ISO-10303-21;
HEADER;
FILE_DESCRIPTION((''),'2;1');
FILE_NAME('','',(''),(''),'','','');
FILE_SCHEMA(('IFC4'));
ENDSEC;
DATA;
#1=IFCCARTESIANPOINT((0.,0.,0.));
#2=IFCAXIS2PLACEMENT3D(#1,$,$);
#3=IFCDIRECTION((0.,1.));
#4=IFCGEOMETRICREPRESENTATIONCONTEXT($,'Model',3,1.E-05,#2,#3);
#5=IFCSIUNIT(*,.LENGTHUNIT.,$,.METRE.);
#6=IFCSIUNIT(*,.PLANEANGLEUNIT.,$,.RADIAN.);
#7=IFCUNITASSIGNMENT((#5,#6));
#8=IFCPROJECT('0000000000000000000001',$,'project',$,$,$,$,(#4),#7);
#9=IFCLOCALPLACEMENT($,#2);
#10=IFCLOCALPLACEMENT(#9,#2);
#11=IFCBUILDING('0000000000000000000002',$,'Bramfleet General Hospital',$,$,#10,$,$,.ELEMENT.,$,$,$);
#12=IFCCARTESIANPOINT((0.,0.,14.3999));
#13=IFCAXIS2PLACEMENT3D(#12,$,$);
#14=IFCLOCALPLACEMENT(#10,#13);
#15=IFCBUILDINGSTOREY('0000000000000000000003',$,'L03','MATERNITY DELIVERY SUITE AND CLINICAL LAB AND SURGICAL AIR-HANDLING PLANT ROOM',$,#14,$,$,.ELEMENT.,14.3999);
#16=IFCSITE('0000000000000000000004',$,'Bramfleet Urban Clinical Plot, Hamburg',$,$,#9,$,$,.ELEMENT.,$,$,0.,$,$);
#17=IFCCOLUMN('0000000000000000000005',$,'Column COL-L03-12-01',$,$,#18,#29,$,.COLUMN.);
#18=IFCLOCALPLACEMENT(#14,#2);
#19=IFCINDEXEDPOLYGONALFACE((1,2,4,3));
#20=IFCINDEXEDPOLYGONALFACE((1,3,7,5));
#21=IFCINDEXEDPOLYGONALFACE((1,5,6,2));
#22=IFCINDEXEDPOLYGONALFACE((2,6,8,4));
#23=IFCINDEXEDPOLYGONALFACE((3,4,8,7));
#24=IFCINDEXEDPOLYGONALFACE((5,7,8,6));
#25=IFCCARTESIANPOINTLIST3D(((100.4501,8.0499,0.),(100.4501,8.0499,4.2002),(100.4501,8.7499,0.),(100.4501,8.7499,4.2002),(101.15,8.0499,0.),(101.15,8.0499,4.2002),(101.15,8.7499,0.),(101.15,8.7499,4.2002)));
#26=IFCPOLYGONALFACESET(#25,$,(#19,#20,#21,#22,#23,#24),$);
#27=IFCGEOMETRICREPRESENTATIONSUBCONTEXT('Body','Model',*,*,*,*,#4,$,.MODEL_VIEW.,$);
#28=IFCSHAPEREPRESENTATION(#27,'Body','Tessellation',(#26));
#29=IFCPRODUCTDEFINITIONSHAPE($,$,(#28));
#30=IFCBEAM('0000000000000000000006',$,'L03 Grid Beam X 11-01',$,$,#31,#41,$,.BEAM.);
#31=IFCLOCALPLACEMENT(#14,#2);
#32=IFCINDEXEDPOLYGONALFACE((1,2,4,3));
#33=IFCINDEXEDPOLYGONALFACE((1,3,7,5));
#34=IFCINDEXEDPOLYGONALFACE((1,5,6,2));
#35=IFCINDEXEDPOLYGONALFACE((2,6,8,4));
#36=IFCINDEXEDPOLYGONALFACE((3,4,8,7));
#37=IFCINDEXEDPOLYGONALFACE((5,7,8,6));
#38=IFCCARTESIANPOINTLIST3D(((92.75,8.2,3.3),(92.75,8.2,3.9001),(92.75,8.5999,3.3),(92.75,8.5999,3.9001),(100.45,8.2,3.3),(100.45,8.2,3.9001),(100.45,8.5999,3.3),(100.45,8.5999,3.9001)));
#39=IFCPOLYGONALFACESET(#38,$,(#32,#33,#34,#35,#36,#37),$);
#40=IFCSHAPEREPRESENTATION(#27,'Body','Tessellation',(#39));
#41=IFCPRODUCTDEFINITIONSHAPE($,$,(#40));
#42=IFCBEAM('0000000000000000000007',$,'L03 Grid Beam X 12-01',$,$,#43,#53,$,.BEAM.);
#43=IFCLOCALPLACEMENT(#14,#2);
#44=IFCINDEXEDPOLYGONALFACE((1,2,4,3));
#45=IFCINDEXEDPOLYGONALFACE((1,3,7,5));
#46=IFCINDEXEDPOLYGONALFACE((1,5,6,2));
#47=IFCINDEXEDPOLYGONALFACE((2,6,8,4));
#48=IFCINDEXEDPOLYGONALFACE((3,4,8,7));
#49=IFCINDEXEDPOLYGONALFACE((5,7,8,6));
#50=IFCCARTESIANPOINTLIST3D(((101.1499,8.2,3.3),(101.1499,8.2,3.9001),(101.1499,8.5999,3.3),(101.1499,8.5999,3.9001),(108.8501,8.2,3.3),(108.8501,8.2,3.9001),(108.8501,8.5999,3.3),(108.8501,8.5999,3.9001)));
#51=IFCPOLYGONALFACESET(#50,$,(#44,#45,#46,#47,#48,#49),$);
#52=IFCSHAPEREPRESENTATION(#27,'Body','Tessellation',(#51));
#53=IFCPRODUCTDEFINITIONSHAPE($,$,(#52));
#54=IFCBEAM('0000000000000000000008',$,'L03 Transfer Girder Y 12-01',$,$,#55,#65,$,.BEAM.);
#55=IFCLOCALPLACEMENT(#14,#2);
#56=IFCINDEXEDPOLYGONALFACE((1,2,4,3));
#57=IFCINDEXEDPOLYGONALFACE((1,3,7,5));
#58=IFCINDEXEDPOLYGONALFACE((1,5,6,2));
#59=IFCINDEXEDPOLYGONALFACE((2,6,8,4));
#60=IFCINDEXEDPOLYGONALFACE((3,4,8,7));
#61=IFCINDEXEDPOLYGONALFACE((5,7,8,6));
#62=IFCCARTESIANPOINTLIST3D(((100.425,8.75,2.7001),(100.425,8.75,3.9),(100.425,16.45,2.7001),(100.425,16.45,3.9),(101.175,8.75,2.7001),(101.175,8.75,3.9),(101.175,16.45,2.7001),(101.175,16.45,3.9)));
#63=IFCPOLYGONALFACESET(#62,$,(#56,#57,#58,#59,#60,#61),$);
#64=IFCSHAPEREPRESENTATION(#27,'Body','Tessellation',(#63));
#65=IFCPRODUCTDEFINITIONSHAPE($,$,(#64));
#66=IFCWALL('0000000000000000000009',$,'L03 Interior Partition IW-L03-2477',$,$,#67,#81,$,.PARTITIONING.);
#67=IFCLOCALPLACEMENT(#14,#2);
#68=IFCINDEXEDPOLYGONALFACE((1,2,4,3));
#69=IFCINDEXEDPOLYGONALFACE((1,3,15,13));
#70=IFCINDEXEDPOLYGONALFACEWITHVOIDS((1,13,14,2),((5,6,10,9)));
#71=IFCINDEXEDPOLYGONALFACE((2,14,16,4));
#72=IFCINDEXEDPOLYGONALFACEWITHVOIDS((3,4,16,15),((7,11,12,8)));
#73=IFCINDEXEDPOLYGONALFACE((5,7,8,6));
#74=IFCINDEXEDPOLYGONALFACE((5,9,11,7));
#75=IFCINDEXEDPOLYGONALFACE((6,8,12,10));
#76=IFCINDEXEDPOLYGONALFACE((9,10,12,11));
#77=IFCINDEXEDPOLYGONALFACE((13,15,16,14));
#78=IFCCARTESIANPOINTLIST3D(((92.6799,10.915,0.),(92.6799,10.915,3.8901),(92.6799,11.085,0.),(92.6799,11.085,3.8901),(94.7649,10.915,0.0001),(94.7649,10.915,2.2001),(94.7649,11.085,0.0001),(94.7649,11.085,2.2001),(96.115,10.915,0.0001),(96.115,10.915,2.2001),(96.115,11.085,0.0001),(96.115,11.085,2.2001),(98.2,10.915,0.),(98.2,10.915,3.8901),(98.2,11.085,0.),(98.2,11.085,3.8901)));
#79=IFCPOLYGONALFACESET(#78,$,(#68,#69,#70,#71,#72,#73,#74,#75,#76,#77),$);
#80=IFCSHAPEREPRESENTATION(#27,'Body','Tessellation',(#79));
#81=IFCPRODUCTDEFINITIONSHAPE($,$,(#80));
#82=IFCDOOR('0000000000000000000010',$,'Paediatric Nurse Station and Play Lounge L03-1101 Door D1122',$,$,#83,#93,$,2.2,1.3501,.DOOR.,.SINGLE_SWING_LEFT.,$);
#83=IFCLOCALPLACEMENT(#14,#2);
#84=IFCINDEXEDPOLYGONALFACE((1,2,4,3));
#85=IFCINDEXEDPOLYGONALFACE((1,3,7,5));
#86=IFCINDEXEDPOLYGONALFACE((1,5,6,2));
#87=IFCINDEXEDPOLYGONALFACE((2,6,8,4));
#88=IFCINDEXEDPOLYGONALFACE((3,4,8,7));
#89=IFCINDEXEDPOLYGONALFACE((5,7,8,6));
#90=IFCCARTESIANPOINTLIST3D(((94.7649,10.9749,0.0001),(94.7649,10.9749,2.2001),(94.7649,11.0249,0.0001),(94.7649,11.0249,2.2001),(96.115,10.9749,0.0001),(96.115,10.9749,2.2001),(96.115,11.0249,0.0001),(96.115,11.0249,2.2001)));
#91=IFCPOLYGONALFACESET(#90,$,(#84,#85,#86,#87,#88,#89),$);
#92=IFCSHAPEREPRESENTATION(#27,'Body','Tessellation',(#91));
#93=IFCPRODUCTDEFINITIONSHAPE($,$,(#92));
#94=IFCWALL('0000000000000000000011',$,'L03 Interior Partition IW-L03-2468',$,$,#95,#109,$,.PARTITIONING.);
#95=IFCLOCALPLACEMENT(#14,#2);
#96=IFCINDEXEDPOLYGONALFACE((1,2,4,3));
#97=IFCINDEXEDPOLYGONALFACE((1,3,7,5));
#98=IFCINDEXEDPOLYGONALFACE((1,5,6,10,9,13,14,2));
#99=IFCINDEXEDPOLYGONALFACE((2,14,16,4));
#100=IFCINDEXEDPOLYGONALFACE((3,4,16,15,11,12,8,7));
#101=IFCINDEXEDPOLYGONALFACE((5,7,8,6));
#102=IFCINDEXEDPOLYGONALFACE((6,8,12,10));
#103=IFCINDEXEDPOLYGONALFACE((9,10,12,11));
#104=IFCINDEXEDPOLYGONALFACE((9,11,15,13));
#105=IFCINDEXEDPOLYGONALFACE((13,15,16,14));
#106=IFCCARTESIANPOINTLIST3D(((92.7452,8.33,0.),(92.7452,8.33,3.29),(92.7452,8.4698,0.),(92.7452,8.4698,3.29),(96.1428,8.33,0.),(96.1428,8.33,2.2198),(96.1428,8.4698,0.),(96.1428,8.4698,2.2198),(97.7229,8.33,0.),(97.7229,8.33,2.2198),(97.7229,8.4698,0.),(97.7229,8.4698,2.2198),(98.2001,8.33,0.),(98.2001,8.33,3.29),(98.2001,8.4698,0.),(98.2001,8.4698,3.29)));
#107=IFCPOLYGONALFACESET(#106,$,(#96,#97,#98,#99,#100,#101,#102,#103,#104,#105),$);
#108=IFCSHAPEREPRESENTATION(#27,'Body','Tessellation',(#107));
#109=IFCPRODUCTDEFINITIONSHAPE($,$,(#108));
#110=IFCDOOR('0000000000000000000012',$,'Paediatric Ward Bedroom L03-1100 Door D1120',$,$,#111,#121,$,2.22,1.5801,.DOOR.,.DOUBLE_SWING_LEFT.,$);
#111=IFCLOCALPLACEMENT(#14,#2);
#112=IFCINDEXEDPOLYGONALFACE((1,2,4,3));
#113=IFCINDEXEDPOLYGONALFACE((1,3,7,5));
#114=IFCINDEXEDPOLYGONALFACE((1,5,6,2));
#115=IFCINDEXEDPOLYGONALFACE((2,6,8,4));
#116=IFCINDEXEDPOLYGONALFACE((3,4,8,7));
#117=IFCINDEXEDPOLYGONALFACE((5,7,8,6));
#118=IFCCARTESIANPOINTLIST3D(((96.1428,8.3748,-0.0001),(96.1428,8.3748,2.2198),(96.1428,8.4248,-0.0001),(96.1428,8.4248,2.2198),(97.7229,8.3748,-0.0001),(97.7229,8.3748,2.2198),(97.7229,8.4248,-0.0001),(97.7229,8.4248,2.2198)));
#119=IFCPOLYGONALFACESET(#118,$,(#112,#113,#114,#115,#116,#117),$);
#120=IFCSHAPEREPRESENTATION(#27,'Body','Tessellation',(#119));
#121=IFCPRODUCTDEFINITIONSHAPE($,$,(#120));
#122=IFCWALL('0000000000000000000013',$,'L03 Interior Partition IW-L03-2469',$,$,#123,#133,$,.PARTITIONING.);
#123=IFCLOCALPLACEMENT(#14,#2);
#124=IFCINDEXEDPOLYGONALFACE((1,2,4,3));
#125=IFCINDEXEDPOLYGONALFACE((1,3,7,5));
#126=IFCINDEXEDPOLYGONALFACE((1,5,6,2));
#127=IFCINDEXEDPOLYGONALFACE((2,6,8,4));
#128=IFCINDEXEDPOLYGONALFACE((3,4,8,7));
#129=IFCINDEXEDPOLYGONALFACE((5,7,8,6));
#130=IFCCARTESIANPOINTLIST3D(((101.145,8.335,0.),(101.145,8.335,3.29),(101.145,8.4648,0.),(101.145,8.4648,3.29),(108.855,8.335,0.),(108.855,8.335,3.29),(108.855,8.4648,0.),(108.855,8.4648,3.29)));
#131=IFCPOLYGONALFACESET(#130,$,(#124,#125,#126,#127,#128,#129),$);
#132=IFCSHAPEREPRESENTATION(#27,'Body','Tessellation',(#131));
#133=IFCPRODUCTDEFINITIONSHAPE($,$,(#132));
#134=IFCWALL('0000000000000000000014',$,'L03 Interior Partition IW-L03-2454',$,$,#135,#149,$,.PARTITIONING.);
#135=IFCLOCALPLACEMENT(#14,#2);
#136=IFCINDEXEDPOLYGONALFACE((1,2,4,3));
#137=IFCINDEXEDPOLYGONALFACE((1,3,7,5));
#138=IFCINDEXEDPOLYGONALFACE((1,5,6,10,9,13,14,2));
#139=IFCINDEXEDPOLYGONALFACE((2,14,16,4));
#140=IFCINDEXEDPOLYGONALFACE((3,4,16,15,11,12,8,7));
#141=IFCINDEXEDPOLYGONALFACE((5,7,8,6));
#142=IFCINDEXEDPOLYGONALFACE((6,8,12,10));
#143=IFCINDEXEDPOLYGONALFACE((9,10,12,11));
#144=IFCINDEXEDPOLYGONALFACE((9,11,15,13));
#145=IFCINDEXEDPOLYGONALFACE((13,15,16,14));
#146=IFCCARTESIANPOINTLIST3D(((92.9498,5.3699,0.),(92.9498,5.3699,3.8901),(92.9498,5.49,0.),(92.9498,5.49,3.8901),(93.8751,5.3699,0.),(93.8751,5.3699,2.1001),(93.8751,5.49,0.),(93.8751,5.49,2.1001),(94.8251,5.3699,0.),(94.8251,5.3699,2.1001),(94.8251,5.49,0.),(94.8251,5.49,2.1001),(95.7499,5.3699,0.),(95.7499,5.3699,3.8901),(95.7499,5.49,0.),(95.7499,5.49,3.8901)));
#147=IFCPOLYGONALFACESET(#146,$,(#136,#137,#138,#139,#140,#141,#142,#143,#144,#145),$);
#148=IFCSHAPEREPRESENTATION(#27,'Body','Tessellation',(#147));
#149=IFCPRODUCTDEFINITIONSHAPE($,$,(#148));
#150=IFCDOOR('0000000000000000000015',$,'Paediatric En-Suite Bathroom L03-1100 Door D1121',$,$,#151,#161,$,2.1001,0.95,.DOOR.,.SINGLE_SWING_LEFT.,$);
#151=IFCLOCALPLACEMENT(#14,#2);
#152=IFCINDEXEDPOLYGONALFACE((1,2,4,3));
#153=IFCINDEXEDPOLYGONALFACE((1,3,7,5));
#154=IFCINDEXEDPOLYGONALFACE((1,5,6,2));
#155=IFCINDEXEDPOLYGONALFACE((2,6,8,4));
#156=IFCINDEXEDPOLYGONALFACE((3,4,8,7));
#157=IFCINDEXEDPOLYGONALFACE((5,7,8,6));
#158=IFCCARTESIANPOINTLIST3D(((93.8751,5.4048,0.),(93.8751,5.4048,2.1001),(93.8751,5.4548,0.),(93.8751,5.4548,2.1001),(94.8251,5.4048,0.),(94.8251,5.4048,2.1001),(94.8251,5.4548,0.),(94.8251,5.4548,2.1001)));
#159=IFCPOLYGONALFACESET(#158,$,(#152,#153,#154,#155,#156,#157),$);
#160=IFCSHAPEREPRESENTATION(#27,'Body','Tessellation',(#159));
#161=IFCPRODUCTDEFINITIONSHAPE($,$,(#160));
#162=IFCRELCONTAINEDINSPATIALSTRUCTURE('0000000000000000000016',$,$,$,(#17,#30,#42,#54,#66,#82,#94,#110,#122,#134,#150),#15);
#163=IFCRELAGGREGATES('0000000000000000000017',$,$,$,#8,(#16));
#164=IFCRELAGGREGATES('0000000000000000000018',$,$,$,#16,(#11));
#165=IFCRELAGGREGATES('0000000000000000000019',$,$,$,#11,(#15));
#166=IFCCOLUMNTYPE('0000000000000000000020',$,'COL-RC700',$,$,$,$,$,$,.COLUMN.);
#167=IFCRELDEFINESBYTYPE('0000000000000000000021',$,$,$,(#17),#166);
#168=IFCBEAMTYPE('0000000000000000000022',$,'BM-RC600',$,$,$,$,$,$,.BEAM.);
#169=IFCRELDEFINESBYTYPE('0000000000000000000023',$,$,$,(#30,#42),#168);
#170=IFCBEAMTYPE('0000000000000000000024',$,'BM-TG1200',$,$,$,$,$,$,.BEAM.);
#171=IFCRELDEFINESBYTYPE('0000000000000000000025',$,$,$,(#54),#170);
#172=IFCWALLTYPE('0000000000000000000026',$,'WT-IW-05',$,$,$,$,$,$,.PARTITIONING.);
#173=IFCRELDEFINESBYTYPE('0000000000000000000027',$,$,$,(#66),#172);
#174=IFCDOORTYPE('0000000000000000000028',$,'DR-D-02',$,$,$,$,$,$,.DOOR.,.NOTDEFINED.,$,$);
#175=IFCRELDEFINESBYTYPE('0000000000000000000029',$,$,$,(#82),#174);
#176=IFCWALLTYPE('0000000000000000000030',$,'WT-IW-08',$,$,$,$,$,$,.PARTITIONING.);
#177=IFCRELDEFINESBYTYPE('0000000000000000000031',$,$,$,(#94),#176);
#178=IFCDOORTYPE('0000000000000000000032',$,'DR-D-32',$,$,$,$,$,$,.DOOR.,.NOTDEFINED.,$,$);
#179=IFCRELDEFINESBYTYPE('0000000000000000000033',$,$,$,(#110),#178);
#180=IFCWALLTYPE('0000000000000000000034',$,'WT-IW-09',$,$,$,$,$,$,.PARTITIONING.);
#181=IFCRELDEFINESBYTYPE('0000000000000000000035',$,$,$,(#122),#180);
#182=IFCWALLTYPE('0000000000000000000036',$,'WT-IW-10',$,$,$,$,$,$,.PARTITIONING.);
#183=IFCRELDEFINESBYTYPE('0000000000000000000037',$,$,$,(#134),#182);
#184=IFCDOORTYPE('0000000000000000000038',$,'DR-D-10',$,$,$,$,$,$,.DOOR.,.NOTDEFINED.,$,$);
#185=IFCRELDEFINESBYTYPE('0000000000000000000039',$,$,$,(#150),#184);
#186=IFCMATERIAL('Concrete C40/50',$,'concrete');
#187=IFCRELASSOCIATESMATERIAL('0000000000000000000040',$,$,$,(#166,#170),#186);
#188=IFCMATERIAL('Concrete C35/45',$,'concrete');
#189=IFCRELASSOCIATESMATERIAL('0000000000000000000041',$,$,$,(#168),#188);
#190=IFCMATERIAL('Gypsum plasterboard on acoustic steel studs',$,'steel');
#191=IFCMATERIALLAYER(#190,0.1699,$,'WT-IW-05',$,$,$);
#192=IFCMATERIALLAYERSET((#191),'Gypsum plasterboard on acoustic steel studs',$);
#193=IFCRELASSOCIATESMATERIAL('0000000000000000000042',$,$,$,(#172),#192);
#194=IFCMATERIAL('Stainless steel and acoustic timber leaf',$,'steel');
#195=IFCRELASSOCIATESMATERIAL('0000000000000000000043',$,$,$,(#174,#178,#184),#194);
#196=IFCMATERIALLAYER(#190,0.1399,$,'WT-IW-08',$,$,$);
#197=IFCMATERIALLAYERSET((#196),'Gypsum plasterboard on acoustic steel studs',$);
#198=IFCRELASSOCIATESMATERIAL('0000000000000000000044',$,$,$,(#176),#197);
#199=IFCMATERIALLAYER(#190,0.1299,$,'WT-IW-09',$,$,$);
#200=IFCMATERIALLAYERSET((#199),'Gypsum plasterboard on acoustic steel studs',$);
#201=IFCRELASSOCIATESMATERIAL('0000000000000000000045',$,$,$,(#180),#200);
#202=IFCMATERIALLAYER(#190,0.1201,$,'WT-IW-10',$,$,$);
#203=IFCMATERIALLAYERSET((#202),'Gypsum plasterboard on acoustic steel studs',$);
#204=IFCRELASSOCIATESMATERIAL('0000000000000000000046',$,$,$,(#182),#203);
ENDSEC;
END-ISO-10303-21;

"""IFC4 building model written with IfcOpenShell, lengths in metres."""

from ifc_helpers import new_model, si_unit, direction, frame, frame_2d, origin, origin_2d, place, context, subcontext, project, spatial, rectangle, extrude, material, layer, layer_set, material_profile, profile_set, type_object, element, fill, save


model = new_model("IFC4")

# Units and contexts
model_context = context("Model", 3, precision=1e-05, world=origin(), true_north=direction((0.0, 1.0)))
body_context = subcontext(model_context, "Body", "Model", "MODEL_VIEW")
ifc_project = project(units=[si_unit("LENGTHUNIT", "METRE"), si_unit("PLANEANGLEUNIT", "RADIAN")], contexts=[model_context])

# Site, building, storey
site_placement = place(None, origin())
site = spatial("IfcSite", under=ifc_project, at=site_placement, Name="Bramfleet Urban Clinical Plot, Hamburg", CompositionType="ELEMENT", RefElevation=0.0)
building_placement = place(site_placement, origin())
building = spatial("IfcBuilding", under=site, at=building_placement, Name="Bramfleet General Hospital", CompositionType="ELEMENT")
storey_placement = place(building_placement, frame((0.0, 0.0, 14.3999)))
storey = spatial("IfcBuildingStorey", under=building, at=storey_placement, Name="L03", Description="MATERNITY DELIVERY SUITE AND CLINICAL LAB AND SURGICAL AIR-HANDLING PLANT ROOM", CompositionType="ELEMENT", Elevation=14.3999)

# Column
ifc_material_1 = material(Name="Concrete C40/50", Category="concrete")
ifc_material_profile_1 = material_profile(ifc_material_1, rectangle(XDim=0.7, YDim=0.7, at=origin_2d()), Name="RC COL 700x700")
ifc_profile_set_1 = profile_set([ifc_material_profile_1], Name="Concrete C40/50")
column_type = type_object("IfcColumnType", Name="COL-RC700", PredefinedType="COLUMN", material=ifc_profile_set_1)
column_placement = place(storey_placement, frame((100.8, 8.3999, 0.0), z_axis=(0.0, 0.0, 1.0), x_axis=(1.0, 0.0, 0.0)))
element("IfcColumn", 1, at=column_placement, inside=storey, type_object=column_type, Name="Column COL-L03-12-01", PredefinedType="COLUMN", context=body_context, shape_type="SweptSolid", body=[
    extrude(rectangle(XDim=0.7, YDim=0.7, at=origin_2d()), origin(), (0.0, 0.0, 1.0), 4.2002),
])

# Beams
ifc_material_2 = material(Name="Concrete C35/45", Category="concrete")
ifc_material_profile_2 = material_profile(ifc_material_2, rectangle(XDim=0.3999, YDim=0.6001, at=origin_2d()), Name="RC BM 600x400")
ifc_profile_set_2 = profile_set([ifc_material_profile_2], Name="Concrete C35/45")
beam_type_1 = type_object("IfcBeamType", Name="BM-RC600", PredefinedType="BEAM", material=ifc_profile_set_2)
beam_1_placement = place(storey_placement, frame((92.75, 8.3999, 3.6001), z_axis=(1.0, 0.0, 0.0), x_axis=(0.0, 1.0, 0.0)))
element("IfcBeam", 2, at=beam_1_placement, inside=storey, type_object=beam_type_1, Name="L03 Grid Beam X 11-01", PredefinedType="BEAM", context=body_context, shape_type="SweptSolid", body=[
    extrude(rectangle(XDim=0.3999, YDim=0.6001, at=origin_2d()), origin(), (0.0, 0.0, 1.0), 7.7),
])
beam_2_placement = place(storey_placement, frame((101.1499, 8.3999, 3.6001), z_axis=(1.0, 0.0, 0.0), x_axis=(0.0, 1.0, 0.0)))
element("IfcBeam", 3, at=beam_2_placement, inside=storey, type_object=beam_type_1, Name="L03 Grid Beam X 12-01", PredefinedType="BEAM", context=body_context, shape_type="SweptSolid", body=[
    extrude(rectangle(XDim=0.3999, YDim=0.6001, at=origin_2d()), origin(), (0.0, 0.0, 1.0), 7.7002),
])
ifc_material_profile_3 = material_profile(ifc_material_1, rectangle(XDim=0.75, YDim=1.2, at=origin_2d()), Name="RC TG 1200x750")
ifc_profile_set_3 = profile_set([ifc_material_profile_3], Name="Concrete C40/50")
beam_type_2 = type_object("IfcBeamType", Name="BM-TG1200", PredefinedType="BEAM", material=ifc_profile_set_3)
beam_3_placement = place(storey_placement, frame((100.8, 8.75, 3.3), z_axis=(0.0, 1.0, 0.0), x_axis=(-1.0, 0.0, 0.0)))
element("IfcBeam", 4, at=beam_3_placement, inside=storey, type_object=beam_type_2, Name="L03 Transfer Girder Y 12-01", PredefinedType="BEAM", context=body_context, shape_type="SweptSolid", body=[
    extrude(rectangle(XDim=0.75, YDim=1.2, at=origin_2d()), origin(), (0.0, 0.0, 1.0), 7.7),
])

# Walls, openings, doors
ifc_material_3 = material(Name="Gypsum plasterboard on acoustic steel studs", Category="steel")
ifc_layer_1 = layer(ifc_material_3, 0.1699, Name="WT-IW-05")
ifc_layer_set_1 = layer_set([ifc_layer_1], Name="Gypsum plasterboard on acoustic steel studs")
wall_type_1 = type_object("IfcWallType", Name="WT-IW-05", PredefinedType="PARTITIONING", material=ifc_layer_set_1)
wall_1_placement = place(storey_placement, frame((92.6799, 11.0, 0.0), z_axis=(0.0, 0.0, 1.0), x_axis=(1.0, 0.0, 0.0)))
wall_1 = element("IfcWall", 5, at=wall_1_placement, inside=storey, type_object=wall_type_1, Name="L03 Interior Partition IW-L03-2477", PredefinedType="PARTITIONING", context=body_context, shape_type="SweptSolid", body=[
    extrude(rectangle(XDim=5.52, YDim=0.1699, at=frame_2d((2.76, 0.0))), origin(), (0.0, 0.0, 1.0), 3.8901),
])
opening_1_placement = place(wall_1_placement, frame((2.085, 0.0, 0.0)))
opening_1 = element("IfcOpeningElement", 6, at=opening_1_placement, cuts=wall_1, PredefinedType="OPENING", context=body_context, shape_type="SweptSolid", body=[
    extrude(rectangle(XDim=1.3501, YDim=2.2, at=frame_2d((0.675, 1.1001))), frame((0.0, 0.095, 0.0), z_axis=(0.0, -1.0, 0.0), x_axis=(1.0, 0.0, 0.0)), (0.0, 0.0, 1.0), 0.1899),
])
ifc_material_4 = material(Name="Stainless steel and acoustic timber leaf", Category="steel")
door_type_1 = type_object("IfcDoorType", Name="DR-D-02", OperationType="NOTDEFINED", PredefinedType="DOOR", material=ifc_material_4)
door_1_placement = place(opening_1_placement, origin())
door_1 = element("IfcDoor", 7, at=door_1_placement, inside=storey, type_object=door_type_1, Name="Paediatric Nurse Station and Play Lounge L03-1101 Door D1122", OperationType="SINGLE_SWING_LEFT", OverallHeight=2.2, OverallWidth=1.3501, PredefinedType="DOOR", context=body_context, shape_type="SweptSolid", body=[
    extrude(rectangle(XDim=1.3501, YDim=2.2, at=frame_2d((0.675, 1.1001))), frame((0.0, 0.0249, 0.0), z_axis=(0.0, -1.0, 0.0), x_axis=(1.0, 0.0, 0.0)), (0.0, 0.0, 1.0), 0.05),
])
fill(opening_1, door_1)
ifc_layer_2 = layer(ifc_material_3, 0.1399, Name="WT-IW-08")
ifc_layer_set_2 = layer_set([ifc_layer_2], Name="Gypsum plasterboard on acoustic steel studs")
wall_type_2 = type_object("IfcWallType", Name="WT-IW-08", PredefinedType="PARTITIONING", material=ifc_layer_set_2)
wall_2_placement = place(storey_placement, frame((92.7451, 8.3999, 0.0), z_axis=(0.0, 0.0, 1.0), x_axis=(1.0, 0.0, 0.0)))
wall_2 = element("IfcWall", 8, at=wall_2_placement, inside=storey, type_object=wall_type_2, Name="L03 Interior Partition IW-L03-2468", PredefinedType="PARTITIONING", context=body_context, shape_type="SweptSolid", body=[
    extrude(rectangle(XDim=5.4548, YDim=0.1399, at=frame_2d((2.7275, 0.0))), origin(), (0.0, 0.0, 1.0), 3.29),
])
opening_2_placement = place(wall_2_placement, frame((3.3977, 0.0, 0.0)))
opening_2 = element("IfcOpeningElement", 9, at=opening_2_placement, cuts=wall_2, PredefinedType="OPENING", context=body_context, shape_type="SweptSolid", body=[
    extrude(rectangle(XDim=1.5801, YDim=2.22, at=frame_2d((0.79, 1.1099))), frame((0.0, 0.0798, 0.0), z_axis=(0.0, -1.0, 0.0), x_axis=(1.0, 0.0, 0.0)), (0.0, 0.0, 1.0), 0.1599),
])
door_type_2 = type_object("IfcDoorType", Name="DR-D-32", OperationType="NOTDEFINED", PredefinedType="DOOR", material=ifc_material_4)
door_2_placement = place(opening_2_placement, origin())
door_2 = element("IfcDoor", 10, at=door_2_placement, inside=storey, type_object=door_type_2, Name="Paediatric Ward Bedroom L03-1100 Door D1120", OperationType="DOUBLE_SWING_LEFT", OverallHeight=2.22, OverallWidth=1.5801, PredefinedType="DOOR", context=body_context, shape_type="SweptSolid", body=[
    extrude(rectangle(XDim=1.5801, YDim=2.22, at=frame_2d((0.79, 1.1099))), frame((0.0, 0.0249, 0.0), z_axis=(0.0, -1.0, 0.0), x_axis=(1.0, 0.0, 0.0)), (0.0, 0.0, 1.0), 0.05),
])
fill(opening_2, door_2)

# Wall
ifc_layer_3 = layer(ifc_material_3, 0.1299, Name="WT-IW-09")
ifc_layer_set_3 = layer_set([ifc_layer_3], Name="Gypsum plasterboard on acoustic steel studs")
wall_type_3 = type_object("IfcWallType", Name="WT-IW-09", PredefinedType="PARTITIONING", material=ifc_layer_set_3)
wall_3_placement = place(storey_placement, frame((101.145, 8.3999, 0.0), z_axis=(0.0, 0.0, 1.0), x_axis=(1.0, 0.0, 0.0)))
element("IfcWall", 11, at=wall_3_placement, inside=storey, type_object=wall_type_3, Name="L03 Interior Partition IW-L03-2469", PredefinedType="PARTITIONING", context=body_context, shape_type="SweptSolid", body=[
    extrude(rectangle(XDim=7.71, YDim=0.1299, at=frame_2d((3.855, 0.0))), origin(), (0.0, 0.0, 1.0), 3.29),
])

# Wall, opening, door
ifc_layer_4 = layer(ifc_material_3, 0.1201, Name="WT-IW-10")
ifc_layer_set_4 = layer_set([ifc_layer_4], Name="Gypsum plasterboard on acoustic steel studs")
wall_type_4 = type_object("IfcWallType", Name="WT-IW-10", PredefinedType="PARTITIONING", material=ifc_layer_set_4)
wall_4_placement = place(storey_placement, frame((92.95, 5.4299, 0.0), z_axis=(0.0, 0.0, 1.0), x_axis=(1.0, 0.0, 0.0)))
wall_4 = element("IfcWall", 12, at=wall_4_placement, inside=storey, type_object=wall_type_4, Name="L03 Interior Partition IW-L03-2454", PredefinedType="PARTITIONING", context=body_context, shape_type="SweptSolid", body=[
    extrude(rectangle(XDim=2.8, YDim=0.1201, at=frame_2d((1.3999, 0.0))), origin(), (0.0, 0.0, 1.0), 3.8901),
])
opening_3_placement = place(wall_4_placement, frame((0.925, 0.0, 0.0)))
opening_3 = element("IfcOpeningElement", 13, at=opening_3_placement, cuts=wall_4, PredefinedType="OPENING", context=body_context, shape_type="SweptSolid", body=[
    extrude(rectangle(XDim=0.95, YDim=2.1001, at=frame_2d((0.4751, 1.05))), frame((0.0, 0.0701, 0.0), z_axis=(0.0, -1.0, 0.0), x_axis=(1.0, 0.0, 0.0)), (0.0, 0.0, 1.0), 0.1401),
])
door_type_3 = type_object("IfcDoorType", Name="DR-D-10", OperationType="NOTDEFINED", PredefinedType="DOOR", material=ifc_material_4)
door_3_placement = place(opening_3_placement, origin())
door_3 = element("IfcDoor", 14, at=door_3_placement, inside=storey, type_object=door_type_3, Name="Paediatric En-Suite Bathroom L03-1100 Door D1121", OperationType="SINGLE_SWING_LEFT", OverallHeight=2.1001, OverallWidth=0.95, PredefinedType="DOOR", context=body_context, shape_type="SweptSolid", body=[
    extrude(rectangle(XDim=0.95, YDim=2.1001, at=frame_2d((0.4751, 1.05))), frame((0.0, 0.0249, 0.0), z_axis=(0.0, -1.0, 0.0), x_axis=(1.0, 0.0, 0.0)), (0.0, 0.0, 1.0), 0.05),
])
fill(opening_3, door_3)

save(model, "model.ifc")
